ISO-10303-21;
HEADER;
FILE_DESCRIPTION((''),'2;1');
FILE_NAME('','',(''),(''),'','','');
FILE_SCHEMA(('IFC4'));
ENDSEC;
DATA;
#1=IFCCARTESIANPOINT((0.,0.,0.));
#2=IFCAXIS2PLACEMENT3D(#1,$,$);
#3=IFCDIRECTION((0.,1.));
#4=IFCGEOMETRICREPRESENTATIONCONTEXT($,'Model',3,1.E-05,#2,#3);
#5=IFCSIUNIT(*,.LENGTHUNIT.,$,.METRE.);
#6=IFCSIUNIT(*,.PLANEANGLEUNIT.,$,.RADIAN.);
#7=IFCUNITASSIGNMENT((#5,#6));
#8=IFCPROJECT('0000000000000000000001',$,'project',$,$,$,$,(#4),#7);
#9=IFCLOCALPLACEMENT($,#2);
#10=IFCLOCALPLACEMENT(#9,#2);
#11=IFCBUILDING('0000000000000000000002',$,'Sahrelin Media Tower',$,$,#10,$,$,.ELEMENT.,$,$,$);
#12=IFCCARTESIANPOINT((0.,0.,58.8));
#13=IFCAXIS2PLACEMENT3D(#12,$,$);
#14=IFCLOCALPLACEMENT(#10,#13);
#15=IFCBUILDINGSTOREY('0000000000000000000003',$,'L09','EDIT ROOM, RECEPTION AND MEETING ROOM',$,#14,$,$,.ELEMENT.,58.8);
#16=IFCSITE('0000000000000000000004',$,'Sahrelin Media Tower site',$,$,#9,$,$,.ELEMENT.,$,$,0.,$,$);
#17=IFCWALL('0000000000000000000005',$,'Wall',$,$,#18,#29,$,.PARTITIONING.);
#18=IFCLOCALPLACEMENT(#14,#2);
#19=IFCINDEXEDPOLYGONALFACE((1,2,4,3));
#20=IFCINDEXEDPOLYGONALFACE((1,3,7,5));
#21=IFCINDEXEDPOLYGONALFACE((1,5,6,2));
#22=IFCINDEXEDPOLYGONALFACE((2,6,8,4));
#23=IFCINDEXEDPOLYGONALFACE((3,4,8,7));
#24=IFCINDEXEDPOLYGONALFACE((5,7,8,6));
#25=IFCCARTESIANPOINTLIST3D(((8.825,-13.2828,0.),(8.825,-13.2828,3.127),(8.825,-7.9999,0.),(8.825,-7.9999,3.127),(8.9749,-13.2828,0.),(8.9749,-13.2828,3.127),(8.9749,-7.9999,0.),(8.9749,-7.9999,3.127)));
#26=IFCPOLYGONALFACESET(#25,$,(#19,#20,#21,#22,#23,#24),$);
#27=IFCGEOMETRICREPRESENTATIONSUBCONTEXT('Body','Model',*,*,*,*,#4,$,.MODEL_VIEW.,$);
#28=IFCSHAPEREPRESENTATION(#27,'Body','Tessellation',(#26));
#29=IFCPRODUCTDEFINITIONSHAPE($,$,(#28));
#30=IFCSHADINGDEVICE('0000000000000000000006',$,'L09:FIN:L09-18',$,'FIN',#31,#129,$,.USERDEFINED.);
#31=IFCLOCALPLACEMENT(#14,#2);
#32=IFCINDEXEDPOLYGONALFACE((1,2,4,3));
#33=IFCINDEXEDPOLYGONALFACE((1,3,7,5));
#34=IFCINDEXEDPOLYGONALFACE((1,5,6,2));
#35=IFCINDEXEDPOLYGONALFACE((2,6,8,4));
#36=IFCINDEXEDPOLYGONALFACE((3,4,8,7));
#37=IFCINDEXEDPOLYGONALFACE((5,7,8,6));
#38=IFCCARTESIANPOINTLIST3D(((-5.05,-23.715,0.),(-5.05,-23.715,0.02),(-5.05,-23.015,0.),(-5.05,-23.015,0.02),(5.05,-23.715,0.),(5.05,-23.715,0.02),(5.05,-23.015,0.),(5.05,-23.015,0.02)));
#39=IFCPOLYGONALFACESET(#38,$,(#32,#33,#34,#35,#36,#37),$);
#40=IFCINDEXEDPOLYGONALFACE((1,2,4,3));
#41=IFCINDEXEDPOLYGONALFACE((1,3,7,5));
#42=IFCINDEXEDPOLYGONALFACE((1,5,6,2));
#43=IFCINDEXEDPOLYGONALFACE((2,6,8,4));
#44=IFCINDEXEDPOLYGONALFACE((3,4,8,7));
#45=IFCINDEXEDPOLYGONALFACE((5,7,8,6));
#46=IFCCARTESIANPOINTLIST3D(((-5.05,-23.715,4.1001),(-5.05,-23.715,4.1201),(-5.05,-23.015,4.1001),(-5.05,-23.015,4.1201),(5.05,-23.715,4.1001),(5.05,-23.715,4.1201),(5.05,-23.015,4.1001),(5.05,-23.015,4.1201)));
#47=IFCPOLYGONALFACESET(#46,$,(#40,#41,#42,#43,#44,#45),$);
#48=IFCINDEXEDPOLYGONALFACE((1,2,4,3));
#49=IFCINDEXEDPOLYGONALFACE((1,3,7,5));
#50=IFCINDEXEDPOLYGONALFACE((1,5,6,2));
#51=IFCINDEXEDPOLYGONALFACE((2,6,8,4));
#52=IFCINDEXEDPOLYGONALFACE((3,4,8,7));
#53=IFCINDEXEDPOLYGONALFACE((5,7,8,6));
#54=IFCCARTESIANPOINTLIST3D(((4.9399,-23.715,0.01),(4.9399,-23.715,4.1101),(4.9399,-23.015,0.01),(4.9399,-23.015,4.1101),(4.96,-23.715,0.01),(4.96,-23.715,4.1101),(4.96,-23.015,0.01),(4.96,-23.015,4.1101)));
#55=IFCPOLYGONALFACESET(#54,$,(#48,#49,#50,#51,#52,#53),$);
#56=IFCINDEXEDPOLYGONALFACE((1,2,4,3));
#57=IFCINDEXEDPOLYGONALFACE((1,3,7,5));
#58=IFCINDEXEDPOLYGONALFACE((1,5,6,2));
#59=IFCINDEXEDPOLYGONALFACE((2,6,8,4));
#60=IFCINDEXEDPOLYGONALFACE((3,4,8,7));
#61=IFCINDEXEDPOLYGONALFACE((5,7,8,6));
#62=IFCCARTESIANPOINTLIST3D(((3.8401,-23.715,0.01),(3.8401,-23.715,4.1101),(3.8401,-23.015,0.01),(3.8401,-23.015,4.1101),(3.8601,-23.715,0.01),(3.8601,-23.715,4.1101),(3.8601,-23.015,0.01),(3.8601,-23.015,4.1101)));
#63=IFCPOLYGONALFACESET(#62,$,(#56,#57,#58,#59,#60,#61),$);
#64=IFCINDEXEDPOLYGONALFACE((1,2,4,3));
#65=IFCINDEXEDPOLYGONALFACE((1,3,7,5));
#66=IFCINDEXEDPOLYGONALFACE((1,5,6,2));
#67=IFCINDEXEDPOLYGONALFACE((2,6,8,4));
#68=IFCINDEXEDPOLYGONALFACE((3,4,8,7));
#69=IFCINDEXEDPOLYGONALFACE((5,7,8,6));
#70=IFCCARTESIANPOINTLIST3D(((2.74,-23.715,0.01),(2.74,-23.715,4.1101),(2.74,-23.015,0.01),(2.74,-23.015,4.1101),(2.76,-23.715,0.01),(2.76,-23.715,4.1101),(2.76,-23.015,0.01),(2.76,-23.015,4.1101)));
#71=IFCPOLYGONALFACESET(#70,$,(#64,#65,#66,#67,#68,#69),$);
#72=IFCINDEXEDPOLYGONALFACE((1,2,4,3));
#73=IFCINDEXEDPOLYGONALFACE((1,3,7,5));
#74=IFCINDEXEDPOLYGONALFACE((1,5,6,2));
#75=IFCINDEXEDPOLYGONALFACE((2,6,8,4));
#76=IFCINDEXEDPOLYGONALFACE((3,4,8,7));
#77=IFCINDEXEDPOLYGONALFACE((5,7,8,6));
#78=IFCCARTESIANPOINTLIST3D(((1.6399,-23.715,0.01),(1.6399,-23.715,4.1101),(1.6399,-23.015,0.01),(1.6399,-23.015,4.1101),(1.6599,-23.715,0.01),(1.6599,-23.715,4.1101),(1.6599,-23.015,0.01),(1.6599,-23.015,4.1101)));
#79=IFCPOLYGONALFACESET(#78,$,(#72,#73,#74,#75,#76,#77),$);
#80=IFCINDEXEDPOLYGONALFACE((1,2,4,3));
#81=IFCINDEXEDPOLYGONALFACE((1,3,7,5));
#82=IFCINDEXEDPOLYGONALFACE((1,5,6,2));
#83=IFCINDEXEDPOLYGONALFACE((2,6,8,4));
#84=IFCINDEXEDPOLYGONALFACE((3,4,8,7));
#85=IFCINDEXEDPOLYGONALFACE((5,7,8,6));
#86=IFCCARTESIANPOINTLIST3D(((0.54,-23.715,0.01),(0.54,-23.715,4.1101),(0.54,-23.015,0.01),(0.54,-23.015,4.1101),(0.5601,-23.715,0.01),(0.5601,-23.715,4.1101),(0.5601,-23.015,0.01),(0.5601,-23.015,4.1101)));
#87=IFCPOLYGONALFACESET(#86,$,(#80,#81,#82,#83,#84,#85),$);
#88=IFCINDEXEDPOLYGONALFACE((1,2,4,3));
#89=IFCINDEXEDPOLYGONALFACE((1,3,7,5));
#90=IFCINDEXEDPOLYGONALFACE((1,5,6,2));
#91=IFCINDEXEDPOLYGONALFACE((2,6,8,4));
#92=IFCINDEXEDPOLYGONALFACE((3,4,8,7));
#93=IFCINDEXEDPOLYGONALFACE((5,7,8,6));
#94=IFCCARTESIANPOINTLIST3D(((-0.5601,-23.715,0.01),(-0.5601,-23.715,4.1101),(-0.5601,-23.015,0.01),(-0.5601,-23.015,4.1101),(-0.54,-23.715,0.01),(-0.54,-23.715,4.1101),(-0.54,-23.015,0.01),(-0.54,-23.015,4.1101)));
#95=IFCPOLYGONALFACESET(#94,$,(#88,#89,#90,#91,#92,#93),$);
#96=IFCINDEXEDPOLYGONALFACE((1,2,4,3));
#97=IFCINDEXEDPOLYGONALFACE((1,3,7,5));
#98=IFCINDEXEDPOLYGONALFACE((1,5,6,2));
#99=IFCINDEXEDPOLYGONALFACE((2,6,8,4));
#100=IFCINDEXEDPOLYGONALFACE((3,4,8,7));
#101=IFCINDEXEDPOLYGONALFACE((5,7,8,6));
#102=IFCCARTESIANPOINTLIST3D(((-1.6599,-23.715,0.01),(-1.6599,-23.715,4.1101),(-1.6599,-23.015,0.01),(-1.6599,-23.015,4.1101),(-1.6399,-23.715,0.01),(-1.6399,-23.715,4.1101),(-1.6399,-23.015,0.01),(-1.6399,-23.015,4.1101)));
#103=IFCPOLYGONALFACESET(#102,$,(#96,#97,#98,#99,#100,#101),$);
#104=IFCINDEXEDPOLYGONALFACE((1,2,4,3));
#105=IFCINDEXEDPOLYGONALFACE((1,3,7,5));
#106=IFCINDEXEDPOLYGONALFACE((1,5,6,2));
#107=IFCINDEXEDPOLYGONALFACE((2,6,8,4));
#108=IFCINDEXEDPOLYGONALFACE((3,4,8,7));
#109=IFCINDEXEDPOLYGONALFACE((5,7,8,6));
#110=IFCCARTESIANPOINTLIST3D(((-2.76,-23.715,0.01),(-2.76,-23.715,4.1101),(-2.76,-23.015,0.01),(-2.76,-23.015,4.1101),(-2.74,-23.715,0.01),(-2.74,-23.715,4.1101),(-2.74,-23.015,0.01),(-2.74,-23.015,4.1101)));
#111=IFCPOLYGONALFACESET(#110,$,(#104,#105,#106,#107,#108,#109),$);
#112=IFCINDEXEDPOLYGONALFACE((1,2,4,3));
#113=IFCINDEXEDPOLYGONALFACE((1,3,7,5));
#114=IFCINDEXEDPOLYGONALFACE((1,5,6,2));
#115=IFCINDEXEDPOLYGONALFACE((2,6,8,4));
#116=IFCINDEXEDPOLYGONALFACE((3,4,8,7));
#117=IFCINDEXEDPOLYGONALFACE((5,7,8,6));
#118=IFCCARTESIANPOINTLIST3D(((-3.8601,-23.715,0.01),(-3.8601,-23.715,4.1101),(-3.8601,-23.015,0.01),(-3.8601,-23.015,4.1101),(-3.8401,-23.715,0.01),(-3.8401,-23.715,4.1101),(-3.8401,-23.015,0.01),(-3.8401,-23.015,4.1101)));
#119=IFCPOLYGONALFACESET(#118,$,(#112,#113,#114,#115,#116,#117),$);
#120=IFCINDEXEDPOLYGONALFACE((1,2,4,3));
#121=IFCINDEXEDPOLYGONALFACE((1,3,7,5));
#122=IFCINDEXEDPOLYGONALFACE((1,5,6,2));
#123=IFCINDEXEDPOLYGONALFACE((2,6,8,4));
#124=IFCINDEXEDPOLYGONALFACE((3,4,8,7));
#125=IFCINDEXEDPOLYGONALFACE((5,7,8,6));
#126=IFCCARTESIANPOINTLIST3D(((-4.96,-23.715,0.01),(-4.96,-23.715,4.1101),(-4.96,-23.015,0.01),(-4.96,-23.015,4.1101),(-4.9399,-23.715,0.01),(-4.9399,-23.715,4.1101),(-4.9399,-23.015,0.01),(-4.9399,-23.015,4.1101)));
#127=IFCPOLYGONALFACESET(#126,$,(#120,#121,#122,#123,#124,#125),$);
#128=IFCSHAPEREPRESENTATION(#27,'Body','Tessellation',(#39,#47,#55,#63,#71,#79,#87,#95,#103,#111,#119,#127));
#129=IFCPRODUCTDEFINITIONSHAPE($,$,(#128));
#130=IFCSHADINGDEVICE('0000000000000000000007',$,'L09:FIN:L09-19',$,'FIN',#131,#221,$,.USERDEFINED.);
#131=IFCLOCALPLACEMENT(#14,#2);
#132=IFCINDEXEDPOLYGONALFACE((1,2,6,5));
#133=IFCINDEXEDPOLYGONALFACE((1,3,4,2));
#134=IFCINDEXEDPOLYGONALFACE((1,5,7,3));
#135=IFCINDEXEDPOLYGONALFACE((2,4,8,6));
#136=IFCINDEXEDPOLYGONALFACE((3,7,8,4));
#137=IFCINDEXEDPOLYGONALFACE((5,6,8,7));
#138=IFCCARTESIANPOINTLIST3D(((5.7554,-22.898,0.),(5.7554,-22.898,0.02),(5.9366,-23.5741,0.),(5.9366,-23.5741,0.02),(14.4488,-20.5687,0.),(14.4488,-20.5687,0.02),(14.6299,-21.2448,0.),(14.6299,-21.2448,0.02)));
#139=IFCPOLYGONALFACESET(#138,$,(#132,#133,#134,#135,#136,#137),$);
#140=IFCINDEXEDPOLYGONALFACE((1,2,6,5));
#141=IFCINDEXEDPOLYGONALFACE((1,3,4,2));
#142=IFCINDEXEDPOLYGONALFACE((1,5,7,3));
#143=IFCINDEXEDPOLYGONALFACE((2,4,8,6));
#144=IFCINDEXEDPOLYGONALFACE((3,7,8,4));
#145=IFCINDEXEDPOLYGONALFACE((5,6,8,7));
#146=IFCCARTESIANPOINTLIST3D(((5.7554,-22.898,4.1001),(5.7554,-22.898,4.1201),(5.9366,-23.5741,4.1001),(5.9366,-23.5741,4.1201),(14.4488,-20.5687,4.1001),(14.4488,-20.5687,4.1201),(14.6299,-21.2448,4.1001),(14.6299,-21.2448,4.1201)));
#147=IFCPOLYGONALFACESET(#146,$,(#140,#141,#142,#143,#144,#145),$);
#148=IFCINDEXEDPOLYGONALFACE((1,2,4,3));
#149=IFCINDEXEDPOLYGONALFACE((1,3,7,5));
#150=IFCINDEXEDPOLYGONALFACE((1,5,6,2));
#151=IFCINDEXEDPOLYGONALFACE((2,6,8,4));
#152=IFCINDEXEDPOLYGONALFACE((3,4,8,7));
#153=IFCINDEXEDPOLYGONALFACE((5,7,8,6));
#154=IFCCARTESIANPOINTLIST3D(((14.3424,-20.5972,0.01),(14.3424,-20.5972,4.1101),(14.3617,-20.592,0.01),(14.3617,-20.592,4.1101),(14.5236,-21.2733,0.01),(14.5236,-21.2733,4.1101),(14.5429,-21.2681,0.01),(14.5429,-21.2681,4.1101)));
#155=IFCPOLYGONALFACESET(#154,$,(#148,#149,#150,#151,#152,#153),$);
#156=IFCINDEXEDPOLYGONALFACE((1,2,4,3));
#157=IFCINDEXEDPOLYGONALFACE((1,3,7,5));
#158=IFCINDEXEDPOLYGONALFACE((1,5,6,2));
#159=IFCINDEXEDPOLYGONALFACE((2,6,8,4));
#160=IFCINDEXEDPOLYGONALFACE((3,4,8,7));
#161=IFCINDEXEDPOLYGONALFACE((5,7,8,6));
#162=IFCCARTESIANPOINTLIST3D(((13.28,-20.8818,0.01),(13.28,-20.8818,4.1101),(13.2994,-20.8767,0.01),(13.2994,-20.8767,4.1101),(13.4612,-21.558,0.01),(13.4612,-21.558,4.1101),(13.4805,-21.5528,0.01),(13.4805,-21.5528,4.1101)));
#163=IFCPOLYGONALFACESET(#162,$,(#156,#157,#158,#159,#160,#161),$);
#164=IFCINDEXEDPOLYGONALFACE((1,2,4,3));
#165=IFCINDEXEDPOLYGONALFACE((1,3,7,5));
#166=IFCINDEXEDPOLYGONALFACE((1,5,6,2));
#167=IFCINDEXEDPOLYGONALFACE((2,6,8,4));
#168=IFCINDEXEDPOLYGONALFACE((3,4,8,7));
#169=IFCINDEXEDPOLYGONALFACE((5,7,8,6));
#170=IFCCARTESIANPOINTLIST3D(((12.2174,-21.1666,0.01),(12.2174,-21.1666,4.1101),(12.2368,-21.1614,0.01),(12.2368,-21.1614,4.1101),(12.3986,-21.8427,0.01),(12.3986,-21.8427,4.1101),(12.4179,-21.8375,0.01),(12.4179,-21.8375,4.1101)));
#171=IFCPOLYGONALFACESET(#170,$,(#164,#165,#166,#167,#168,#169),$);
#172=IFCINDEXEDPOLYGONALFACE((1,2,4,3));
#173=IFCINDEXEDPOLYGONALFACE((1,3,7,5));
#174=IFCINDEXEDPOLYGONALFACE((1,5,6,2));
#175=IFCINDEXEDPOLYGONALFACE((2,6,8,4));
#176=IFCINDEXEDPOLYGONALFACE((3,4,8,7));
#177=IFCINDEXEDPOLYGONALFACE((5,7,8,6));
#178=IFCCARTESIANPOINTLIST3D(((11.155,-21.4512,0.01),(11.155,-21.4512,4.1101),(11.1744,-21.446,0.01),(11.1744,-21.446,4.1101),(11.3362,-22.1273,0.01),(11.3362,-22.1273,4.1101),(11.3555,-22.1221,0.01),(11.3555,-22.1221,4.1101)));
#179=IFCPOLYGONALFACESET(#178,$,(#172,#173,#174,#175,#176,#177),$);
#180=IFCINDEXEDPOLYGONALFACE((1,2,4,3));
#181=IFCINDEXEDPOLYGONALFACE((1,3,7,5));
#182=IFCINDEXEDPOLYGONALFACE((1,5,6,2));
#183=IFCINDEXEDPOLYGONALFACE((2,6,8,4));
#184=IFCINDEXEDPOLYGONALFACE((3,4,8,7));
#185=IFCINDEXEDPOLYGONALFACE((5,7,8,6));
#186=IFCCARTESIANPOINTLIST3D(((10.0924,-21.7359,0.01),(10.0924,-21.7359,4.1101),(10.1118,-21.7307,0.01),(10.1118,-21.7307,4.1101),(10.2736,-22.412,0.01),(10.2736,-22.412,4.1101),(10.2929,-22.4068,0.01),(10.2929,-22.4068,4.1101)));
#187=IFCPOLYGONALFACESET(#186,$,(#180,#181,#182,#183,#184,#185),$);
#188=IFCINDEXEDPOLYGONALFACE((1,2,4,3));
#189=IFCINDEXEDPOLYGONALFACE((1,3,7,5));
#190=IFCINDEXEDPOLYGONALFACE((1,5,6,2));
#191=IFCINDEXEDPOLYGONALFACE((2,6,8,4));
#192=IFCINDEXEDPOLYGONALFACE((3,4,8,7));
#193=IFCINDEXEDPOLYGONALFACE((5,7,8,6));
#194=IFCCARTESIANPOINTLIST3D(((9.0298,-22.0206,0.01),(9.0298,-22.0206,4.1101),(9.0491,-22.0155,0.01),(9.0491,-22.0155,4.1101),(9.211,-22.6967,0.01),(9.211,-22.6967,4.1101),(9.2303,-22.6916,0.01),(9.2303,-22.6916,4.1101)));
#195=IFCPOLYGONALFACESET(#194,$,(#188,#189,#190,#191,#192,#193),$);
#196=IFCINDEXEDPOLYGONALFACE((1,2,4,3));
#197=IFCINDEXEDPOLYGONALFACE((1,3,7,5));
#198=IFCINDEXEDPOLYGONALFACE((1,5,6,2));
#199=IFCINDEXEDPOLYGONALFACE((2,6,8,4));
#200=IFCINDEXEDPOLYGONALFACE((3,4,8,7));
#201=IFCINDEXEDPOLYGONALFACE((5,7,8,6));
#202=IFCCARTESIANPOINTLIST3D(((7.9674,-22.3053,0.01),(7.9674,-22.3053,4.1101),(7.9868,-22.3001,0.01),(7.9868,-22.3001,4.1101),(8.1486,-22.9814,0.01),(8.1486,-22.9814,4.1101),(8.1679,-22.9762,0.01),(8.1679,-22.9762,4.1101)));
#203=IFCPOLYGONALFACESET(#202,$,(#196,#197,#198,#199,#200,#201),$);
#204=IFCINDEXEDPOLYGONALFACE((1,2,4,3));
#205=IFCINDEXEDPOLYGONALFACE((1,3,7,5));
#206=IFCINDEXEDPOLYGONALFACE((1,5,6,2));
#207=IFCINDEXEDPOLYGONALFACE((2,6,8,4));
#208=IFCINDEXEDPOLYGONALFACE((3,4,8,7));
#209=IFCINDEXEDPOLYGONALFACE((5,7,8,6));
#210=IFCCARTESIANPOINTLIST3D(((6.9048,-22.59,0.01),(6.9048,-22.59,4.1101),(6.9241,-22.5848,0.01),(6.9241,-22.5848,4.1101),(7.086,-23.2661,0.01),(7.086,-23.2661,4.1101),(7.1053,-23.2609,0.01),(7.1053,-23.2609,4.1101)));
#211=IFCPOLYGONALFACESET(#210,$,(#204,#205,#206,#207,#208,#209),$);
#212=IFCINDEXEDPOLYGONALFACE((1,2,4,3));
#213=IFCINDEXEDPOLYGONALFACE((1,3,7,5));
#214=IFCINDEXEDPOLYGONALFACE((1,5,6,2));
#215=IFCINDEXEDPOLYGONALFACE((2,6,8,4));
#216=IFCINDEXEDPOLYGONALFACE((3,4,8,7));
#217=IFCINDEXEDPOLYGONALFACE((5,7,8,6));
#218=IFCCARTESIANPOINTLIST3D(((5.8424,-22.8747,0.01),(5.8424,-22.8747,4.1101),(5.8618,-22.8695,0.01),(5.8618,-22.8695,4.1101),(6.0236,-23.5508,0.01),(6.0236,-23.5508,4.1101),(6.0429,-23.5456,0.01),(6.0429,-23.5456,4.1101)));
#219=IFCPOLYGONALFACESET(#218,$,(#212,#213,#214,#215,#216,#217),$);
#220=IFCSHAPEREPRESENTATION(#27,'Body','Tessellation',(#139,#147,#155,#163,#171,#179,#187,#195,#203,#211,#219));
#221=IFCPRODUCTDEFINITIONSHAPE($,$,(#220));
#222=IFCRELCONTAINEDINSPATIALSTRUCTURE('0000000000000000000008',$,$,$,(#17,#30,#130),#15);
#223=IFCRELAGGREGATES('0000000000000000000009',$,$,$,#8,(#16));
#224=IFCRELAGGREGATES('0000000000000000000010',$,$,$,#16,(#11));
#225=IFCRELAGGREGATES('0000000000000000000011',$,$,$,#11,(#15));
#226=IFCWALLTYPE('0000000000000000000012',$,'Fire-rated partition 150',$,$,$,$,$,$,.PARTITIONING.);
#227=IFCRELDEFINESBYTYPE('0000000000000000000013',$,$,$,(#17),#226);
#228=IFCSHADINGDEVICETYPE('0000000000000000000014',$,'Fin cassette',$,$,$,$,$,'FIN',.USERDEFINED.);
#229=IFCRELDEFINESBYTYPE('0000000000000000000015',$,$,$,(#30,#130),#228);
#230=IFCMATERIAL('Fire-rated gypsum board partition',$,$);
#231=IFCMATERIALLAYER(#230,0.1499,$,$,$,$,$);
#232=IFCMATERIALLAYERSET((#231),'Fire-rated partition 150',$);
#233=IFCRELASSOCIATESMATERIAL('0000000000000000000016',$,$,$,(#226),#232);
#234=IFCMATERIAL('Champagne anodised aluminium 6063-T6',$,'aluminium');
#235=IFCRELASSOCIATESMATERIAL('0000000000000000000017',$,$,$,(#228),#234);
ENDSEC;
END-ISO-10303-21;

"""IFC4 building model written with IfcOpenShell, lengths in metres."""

from ifc_helpers import new_model, si_unit, direction, frame, frame_2d, origin, origin_2d, place, context, subcontext, project, spatial, rectangle, extrude, material, layer, layer_set, type_object, element, save


model = new_model("IFC4")

# Units and contexts
model_context = context("Model", 3, precision=1e-05, world=origin(), true_north=direction((0.0, 1.0)))
body_context = subcontext(model_context, "Body", "Model", "MODEL_VIEW")
ifc_project = project(units=[si_unit("LENGTHUNIT", "METRE"), si_unit("PLANEANGLEUNIT", "RADIAN")], contexts=[model_context])

# Site, building, storey
site_placement = place(None, origin())
site = spatial("IfcSite", under=ifc_project, at=site_placement, Name="Sahrelin Media Tower site", CompositionType="ELEMENT", RefElevation=0.0)
building_placement = place(site_placement, origin())
building = spatial("IfcBuilding", under=site, at=building_placement, Name="Sahrelin Media Tower", CompositionType="ELEMENT")
storey_placement = place(building_placement, frame((0.0, 0.0, 58.8)))
storey = spatial("IfcBuildingStorey", under=building, at=storey_placement, Name="L09", Description="EDIT ROOM, RECEPTION AND MEETING ROOM", CompositionType="ELEMENT", Elevation=58.8)

# Shared definitions
ifc_material_1 = material(Name="Champagne anodised aluminium 6063-T6", Category="aluminium")

# Wall
ifc_material_2 = material(Name="Fire-rated gypsum board partition")
ifc_layer_1 = layer(ifc_material_2, 0.1499)
ifc_layer_set_1 = layer_set([ifc_layer_1], Name="Fire-rated partition 150")
wall_type = type_object("IfcWallType", Name="Fire-rated partition 150", PredefinedType="PARTITIONING", material=ifc_layer_set_1)
wall_1_placement = place(storey_placement, frame((8.8999, -13.283, 0.0), z_axis=(0.0, 0.0, 1.0), x_axis=(0.0, 1.0, 0.0)))
element("IfcWall", 1, at=wall_1_placement, inside=storey, type_object=wall_type, Name="Wall", PredefinedType="PARTITIONING", context=body_context, shape_type="SweptSolid", body=[
    extrude(rectangle(XDim=5.283, YDim=0.1499, at=frame_2d((2.6416, 0.0))), origin(), (0.0, 0.0, 1.0), 3.127),
])

# Shading devices
shading_device_type_1 = type_object("IfcShadingDeviceType", Name="Fin cassette", ElementType="FIN", PredefinedType="USERDEFINED", material=ifc_material_1)
placement_1 = place(storey_placement, frame((0.0, -22.9451, 0.0), z_axis=(0.0, 0.0, 1.0), x_axis=(-1.0, 0.0, 0.0)))
element("IfcShadingDevice", 2, at=placement_1, inside=storey, type_object=shading_device_type_1, Name="L09:FIN:L09-18", ObjectType="FIN", PredefinedType="USERDEFINED", context=body_context, shape_type="SweptSolid", body=[
    extrude(rectangle(XDim=10.1001, YDim=0.7, at=origin_2d()), frame((0.0, 0.4199, 0.0)), (0.0, 0.0, 1.0), 0.02),
    extrude(rectangle(XDim=10.1001, YDim=0.7, at=origin_2d()), frame((0.0, 0.4199, 4.1001)), (0.0, 0.0, 1.0), 0.02),
    extrude(rectangle(XDim=0.02, YDim=0.7, at=origin_2d()), frame((-4.95, 0.4199, 0.01), z_axis=(0.0, 0.0, 1.0), x_axis=(1.0, 0.0, 0.0)), (0.0, 0.0, 1.0), 4.1001),
    extrude(rectangle(XDim=0.02, YDim=0.7, at=origin_2d()), frame((-3.8501, 0.4199, 0.01), z_axis=(0.0, 0.0, 1.0), x_axis=(1.0, 0.0, 0.0)), (0.0, 0.0, 1.0), 4.1001),
    extrude(rectangle(XDim=0.02, YDim=0.7, at=origin_2d()), frame((-2.75, 0.4199, 0.01), z_axis=(0.0, 0.0, 1.0), x_axis=(1.0, 0.0, 0.0)), (0.0, 0.0, 1.0), 4.1001),
    extrude(rectangle(XDim=0.02, YDim=0.7, at=origin_2d()), frame((-1.6499, 0.4199, 0.01), z_axis=(0.0, 0.0, 1.0), x_axis=(1.0, 0.0, 0.0)), (0.0, 0.0, 1.0), 4.1001),
    extrude(rectangle(XDim=0.02, YDim=0.7, at=origin_2d()), frame((-0.55, 0.4199, 0.01), z_axis=(0.0, 0.0, 1.0), x_axis=(1.0, 0.0, 0.0)), (0.0, 0.0, 1.0), 4.1001),
    extrude(rectangle(XDim=0.02, YDim=0.7, at=origin_2d()), frame((0.55, 0.4199, 0.01), z_axis=(0.0, 0.0, 1.0), x_axis=(1.0, 0.0, 0.0)), (0.0, 0.0, 1.0), 4.1001),
    extrude(rectangle(XDim=0.02, YDim=0.7, at=origin_2d()), frame((1.6499, 0.4199, 0.01), z_axis=(0.0, 0.0, 1.0), x_axis=(1.0, 0.0, 0.0)), (0.0, 0.0, 1.0), 4.1001),
    extrude(rectangle(XDim=0.02, YDim=0.7, at=origin_2d()), frame((2.75, 0.4199, 0.01), z_axis=(0.0, 0.0, 1.0), x_axis=(1.0, 0.0, 0.0)), (0.0, 0.0, 1.0), 4.1001),
    extrude(rectangle(XDim=0.02, YDim=0.7, at=origin_2d()), frame((3.8501, 0.4199, 0.01), z_axis=(0.0, 0.0, 1.0), x_axis=(1.0, 0.0, 0.0)), (0.0, 0.0, 1.0), 4.1001),
    extrude(rectangle(XDim=0.02, YDim=0.7, at=origin_2d()), frame((4.95, 0.4199, 0.01), z_axis=(0.0, 0.0, 1.0), x_axis=(1.0, 0.0, 0.0)), (0.0, 0.0, 1.0), 4.1001),
])
placement_2 = place(storey_placement, frame((10.084, -21.6658, 0.0), z_axis=(0.0, 0.0, 1.0), x_axis=(-0.965929, -0.258808, 0.0)))
element("IfcShadingDevice", 3, at=placement_2, inside=storey, type_object=shading_device_type_1, Name="L09:FIN:L09-19", ObjectType="FIN", PredefinedType="USERDEFINED", context=body_context, shape_type="SweptSolid", body=[
    extrude(rectangle(XDim=9.0, YDim=0.7, at=origin_2d()), frame((0.0, 0.4199, 0.0)), (0.0, 0.0, 1.0), 0.02),
    extrude(rectangle(XDim=9.0, YDim=0.7, at=origin_2d()), frame((0.0, 0.4199, 4.1001)), (0.0, 0.0, 1.0), 0.02),
    extrude(rectangle(XDim=0.02, YDim=0.7, at=origin_2d()), frame((-4.3999, 0.4199, 0.01), z_axis=(0.0, 0.0, 1.0), x_axis=(1.0, 0.0, 0.0)), (0.0, 0.0, 1.0), 4.1001),
    extrude(rectangle(XDim=0.02, YDim=0.7, at=origin_2d()), frame((-3.3, 0.4199, 0.01), z_axis=(0.0, 0.0, 1.0), x_axis=(1.0, 0.0, 0.0)), (0.0, 0.0, 1.0), 4.1001),
    extrude(rectangle(XDim=0.02, YDim=0.7, at=origin_2d()), frame((-2.2, 0.4199, 0.01), z_axis=(0.0, 0.0, 1.0), x_axis=(1.0, 0.0, 0.0)), (0.0, 0.0, 1.0), 4.1001),
    extrude(rectangle(XDim=0.02, YDim=0.7, at=origin_2d()), frame((-1.1001, 0.4199, 0.01), z_axis=(0.0, 0.0, 1.0), x_axis=(1.0, 0.0, 0.0)), (0.0, 0.0, 1.0), 4.1001),
    extrude(rectangle(XDim=0.02, YDim=0.7, at=origin_2d()), frame((0.0, 0.4199, 0.01), z_axis=(0.0, 0.0, 1.0), x_axis=(1.0, 0.0, 0.0)), (0.0, 0.0, 1.0), 4.1001),
    extrude(rectangle(XDim=0.02, YDim=0.7, at=origin_2d()), frame((1.1001, 0.4199, 0.01), z_axis=(0.0, 0.0, 1.0), x_axis=(1.0, 0.0, 0.0)), (0.0, 0.0, 1.0), 4.1001),
    extrude(rectangle(XDim=0.02, YDim=0.7, at=origin_2d()), frame((2.2, 0.4199, 0.01), z_axis=(0.0, 0.0, 1.0), x_axis=(1.0, 0.0, 0.0)), (0.0, 0.0, 1.0), 4.1001),
    extrude(rectangle(XDim=0.02, YDim=0.7, at=origin_2d()), frame((3.3, 0.4199, 0.01), z_axis=(0.0, 0.0, 1.0), x_axis=(1.0, 0.0, 0.0)), (0.0, 0.0, 1.0), 4.1001),
    extrude(rectangle(XDim=0.02, YDim=0.7, at=origin_2d()), frame((4.3999, 0.4199, 0.01), z_axis=(0.0, 0.0, 1.0), x_axis=(1.0, 0.0, 0.0)), (0.0, 0.0, 1.0), 4.1001),
])

save(model, "model.ifc")
